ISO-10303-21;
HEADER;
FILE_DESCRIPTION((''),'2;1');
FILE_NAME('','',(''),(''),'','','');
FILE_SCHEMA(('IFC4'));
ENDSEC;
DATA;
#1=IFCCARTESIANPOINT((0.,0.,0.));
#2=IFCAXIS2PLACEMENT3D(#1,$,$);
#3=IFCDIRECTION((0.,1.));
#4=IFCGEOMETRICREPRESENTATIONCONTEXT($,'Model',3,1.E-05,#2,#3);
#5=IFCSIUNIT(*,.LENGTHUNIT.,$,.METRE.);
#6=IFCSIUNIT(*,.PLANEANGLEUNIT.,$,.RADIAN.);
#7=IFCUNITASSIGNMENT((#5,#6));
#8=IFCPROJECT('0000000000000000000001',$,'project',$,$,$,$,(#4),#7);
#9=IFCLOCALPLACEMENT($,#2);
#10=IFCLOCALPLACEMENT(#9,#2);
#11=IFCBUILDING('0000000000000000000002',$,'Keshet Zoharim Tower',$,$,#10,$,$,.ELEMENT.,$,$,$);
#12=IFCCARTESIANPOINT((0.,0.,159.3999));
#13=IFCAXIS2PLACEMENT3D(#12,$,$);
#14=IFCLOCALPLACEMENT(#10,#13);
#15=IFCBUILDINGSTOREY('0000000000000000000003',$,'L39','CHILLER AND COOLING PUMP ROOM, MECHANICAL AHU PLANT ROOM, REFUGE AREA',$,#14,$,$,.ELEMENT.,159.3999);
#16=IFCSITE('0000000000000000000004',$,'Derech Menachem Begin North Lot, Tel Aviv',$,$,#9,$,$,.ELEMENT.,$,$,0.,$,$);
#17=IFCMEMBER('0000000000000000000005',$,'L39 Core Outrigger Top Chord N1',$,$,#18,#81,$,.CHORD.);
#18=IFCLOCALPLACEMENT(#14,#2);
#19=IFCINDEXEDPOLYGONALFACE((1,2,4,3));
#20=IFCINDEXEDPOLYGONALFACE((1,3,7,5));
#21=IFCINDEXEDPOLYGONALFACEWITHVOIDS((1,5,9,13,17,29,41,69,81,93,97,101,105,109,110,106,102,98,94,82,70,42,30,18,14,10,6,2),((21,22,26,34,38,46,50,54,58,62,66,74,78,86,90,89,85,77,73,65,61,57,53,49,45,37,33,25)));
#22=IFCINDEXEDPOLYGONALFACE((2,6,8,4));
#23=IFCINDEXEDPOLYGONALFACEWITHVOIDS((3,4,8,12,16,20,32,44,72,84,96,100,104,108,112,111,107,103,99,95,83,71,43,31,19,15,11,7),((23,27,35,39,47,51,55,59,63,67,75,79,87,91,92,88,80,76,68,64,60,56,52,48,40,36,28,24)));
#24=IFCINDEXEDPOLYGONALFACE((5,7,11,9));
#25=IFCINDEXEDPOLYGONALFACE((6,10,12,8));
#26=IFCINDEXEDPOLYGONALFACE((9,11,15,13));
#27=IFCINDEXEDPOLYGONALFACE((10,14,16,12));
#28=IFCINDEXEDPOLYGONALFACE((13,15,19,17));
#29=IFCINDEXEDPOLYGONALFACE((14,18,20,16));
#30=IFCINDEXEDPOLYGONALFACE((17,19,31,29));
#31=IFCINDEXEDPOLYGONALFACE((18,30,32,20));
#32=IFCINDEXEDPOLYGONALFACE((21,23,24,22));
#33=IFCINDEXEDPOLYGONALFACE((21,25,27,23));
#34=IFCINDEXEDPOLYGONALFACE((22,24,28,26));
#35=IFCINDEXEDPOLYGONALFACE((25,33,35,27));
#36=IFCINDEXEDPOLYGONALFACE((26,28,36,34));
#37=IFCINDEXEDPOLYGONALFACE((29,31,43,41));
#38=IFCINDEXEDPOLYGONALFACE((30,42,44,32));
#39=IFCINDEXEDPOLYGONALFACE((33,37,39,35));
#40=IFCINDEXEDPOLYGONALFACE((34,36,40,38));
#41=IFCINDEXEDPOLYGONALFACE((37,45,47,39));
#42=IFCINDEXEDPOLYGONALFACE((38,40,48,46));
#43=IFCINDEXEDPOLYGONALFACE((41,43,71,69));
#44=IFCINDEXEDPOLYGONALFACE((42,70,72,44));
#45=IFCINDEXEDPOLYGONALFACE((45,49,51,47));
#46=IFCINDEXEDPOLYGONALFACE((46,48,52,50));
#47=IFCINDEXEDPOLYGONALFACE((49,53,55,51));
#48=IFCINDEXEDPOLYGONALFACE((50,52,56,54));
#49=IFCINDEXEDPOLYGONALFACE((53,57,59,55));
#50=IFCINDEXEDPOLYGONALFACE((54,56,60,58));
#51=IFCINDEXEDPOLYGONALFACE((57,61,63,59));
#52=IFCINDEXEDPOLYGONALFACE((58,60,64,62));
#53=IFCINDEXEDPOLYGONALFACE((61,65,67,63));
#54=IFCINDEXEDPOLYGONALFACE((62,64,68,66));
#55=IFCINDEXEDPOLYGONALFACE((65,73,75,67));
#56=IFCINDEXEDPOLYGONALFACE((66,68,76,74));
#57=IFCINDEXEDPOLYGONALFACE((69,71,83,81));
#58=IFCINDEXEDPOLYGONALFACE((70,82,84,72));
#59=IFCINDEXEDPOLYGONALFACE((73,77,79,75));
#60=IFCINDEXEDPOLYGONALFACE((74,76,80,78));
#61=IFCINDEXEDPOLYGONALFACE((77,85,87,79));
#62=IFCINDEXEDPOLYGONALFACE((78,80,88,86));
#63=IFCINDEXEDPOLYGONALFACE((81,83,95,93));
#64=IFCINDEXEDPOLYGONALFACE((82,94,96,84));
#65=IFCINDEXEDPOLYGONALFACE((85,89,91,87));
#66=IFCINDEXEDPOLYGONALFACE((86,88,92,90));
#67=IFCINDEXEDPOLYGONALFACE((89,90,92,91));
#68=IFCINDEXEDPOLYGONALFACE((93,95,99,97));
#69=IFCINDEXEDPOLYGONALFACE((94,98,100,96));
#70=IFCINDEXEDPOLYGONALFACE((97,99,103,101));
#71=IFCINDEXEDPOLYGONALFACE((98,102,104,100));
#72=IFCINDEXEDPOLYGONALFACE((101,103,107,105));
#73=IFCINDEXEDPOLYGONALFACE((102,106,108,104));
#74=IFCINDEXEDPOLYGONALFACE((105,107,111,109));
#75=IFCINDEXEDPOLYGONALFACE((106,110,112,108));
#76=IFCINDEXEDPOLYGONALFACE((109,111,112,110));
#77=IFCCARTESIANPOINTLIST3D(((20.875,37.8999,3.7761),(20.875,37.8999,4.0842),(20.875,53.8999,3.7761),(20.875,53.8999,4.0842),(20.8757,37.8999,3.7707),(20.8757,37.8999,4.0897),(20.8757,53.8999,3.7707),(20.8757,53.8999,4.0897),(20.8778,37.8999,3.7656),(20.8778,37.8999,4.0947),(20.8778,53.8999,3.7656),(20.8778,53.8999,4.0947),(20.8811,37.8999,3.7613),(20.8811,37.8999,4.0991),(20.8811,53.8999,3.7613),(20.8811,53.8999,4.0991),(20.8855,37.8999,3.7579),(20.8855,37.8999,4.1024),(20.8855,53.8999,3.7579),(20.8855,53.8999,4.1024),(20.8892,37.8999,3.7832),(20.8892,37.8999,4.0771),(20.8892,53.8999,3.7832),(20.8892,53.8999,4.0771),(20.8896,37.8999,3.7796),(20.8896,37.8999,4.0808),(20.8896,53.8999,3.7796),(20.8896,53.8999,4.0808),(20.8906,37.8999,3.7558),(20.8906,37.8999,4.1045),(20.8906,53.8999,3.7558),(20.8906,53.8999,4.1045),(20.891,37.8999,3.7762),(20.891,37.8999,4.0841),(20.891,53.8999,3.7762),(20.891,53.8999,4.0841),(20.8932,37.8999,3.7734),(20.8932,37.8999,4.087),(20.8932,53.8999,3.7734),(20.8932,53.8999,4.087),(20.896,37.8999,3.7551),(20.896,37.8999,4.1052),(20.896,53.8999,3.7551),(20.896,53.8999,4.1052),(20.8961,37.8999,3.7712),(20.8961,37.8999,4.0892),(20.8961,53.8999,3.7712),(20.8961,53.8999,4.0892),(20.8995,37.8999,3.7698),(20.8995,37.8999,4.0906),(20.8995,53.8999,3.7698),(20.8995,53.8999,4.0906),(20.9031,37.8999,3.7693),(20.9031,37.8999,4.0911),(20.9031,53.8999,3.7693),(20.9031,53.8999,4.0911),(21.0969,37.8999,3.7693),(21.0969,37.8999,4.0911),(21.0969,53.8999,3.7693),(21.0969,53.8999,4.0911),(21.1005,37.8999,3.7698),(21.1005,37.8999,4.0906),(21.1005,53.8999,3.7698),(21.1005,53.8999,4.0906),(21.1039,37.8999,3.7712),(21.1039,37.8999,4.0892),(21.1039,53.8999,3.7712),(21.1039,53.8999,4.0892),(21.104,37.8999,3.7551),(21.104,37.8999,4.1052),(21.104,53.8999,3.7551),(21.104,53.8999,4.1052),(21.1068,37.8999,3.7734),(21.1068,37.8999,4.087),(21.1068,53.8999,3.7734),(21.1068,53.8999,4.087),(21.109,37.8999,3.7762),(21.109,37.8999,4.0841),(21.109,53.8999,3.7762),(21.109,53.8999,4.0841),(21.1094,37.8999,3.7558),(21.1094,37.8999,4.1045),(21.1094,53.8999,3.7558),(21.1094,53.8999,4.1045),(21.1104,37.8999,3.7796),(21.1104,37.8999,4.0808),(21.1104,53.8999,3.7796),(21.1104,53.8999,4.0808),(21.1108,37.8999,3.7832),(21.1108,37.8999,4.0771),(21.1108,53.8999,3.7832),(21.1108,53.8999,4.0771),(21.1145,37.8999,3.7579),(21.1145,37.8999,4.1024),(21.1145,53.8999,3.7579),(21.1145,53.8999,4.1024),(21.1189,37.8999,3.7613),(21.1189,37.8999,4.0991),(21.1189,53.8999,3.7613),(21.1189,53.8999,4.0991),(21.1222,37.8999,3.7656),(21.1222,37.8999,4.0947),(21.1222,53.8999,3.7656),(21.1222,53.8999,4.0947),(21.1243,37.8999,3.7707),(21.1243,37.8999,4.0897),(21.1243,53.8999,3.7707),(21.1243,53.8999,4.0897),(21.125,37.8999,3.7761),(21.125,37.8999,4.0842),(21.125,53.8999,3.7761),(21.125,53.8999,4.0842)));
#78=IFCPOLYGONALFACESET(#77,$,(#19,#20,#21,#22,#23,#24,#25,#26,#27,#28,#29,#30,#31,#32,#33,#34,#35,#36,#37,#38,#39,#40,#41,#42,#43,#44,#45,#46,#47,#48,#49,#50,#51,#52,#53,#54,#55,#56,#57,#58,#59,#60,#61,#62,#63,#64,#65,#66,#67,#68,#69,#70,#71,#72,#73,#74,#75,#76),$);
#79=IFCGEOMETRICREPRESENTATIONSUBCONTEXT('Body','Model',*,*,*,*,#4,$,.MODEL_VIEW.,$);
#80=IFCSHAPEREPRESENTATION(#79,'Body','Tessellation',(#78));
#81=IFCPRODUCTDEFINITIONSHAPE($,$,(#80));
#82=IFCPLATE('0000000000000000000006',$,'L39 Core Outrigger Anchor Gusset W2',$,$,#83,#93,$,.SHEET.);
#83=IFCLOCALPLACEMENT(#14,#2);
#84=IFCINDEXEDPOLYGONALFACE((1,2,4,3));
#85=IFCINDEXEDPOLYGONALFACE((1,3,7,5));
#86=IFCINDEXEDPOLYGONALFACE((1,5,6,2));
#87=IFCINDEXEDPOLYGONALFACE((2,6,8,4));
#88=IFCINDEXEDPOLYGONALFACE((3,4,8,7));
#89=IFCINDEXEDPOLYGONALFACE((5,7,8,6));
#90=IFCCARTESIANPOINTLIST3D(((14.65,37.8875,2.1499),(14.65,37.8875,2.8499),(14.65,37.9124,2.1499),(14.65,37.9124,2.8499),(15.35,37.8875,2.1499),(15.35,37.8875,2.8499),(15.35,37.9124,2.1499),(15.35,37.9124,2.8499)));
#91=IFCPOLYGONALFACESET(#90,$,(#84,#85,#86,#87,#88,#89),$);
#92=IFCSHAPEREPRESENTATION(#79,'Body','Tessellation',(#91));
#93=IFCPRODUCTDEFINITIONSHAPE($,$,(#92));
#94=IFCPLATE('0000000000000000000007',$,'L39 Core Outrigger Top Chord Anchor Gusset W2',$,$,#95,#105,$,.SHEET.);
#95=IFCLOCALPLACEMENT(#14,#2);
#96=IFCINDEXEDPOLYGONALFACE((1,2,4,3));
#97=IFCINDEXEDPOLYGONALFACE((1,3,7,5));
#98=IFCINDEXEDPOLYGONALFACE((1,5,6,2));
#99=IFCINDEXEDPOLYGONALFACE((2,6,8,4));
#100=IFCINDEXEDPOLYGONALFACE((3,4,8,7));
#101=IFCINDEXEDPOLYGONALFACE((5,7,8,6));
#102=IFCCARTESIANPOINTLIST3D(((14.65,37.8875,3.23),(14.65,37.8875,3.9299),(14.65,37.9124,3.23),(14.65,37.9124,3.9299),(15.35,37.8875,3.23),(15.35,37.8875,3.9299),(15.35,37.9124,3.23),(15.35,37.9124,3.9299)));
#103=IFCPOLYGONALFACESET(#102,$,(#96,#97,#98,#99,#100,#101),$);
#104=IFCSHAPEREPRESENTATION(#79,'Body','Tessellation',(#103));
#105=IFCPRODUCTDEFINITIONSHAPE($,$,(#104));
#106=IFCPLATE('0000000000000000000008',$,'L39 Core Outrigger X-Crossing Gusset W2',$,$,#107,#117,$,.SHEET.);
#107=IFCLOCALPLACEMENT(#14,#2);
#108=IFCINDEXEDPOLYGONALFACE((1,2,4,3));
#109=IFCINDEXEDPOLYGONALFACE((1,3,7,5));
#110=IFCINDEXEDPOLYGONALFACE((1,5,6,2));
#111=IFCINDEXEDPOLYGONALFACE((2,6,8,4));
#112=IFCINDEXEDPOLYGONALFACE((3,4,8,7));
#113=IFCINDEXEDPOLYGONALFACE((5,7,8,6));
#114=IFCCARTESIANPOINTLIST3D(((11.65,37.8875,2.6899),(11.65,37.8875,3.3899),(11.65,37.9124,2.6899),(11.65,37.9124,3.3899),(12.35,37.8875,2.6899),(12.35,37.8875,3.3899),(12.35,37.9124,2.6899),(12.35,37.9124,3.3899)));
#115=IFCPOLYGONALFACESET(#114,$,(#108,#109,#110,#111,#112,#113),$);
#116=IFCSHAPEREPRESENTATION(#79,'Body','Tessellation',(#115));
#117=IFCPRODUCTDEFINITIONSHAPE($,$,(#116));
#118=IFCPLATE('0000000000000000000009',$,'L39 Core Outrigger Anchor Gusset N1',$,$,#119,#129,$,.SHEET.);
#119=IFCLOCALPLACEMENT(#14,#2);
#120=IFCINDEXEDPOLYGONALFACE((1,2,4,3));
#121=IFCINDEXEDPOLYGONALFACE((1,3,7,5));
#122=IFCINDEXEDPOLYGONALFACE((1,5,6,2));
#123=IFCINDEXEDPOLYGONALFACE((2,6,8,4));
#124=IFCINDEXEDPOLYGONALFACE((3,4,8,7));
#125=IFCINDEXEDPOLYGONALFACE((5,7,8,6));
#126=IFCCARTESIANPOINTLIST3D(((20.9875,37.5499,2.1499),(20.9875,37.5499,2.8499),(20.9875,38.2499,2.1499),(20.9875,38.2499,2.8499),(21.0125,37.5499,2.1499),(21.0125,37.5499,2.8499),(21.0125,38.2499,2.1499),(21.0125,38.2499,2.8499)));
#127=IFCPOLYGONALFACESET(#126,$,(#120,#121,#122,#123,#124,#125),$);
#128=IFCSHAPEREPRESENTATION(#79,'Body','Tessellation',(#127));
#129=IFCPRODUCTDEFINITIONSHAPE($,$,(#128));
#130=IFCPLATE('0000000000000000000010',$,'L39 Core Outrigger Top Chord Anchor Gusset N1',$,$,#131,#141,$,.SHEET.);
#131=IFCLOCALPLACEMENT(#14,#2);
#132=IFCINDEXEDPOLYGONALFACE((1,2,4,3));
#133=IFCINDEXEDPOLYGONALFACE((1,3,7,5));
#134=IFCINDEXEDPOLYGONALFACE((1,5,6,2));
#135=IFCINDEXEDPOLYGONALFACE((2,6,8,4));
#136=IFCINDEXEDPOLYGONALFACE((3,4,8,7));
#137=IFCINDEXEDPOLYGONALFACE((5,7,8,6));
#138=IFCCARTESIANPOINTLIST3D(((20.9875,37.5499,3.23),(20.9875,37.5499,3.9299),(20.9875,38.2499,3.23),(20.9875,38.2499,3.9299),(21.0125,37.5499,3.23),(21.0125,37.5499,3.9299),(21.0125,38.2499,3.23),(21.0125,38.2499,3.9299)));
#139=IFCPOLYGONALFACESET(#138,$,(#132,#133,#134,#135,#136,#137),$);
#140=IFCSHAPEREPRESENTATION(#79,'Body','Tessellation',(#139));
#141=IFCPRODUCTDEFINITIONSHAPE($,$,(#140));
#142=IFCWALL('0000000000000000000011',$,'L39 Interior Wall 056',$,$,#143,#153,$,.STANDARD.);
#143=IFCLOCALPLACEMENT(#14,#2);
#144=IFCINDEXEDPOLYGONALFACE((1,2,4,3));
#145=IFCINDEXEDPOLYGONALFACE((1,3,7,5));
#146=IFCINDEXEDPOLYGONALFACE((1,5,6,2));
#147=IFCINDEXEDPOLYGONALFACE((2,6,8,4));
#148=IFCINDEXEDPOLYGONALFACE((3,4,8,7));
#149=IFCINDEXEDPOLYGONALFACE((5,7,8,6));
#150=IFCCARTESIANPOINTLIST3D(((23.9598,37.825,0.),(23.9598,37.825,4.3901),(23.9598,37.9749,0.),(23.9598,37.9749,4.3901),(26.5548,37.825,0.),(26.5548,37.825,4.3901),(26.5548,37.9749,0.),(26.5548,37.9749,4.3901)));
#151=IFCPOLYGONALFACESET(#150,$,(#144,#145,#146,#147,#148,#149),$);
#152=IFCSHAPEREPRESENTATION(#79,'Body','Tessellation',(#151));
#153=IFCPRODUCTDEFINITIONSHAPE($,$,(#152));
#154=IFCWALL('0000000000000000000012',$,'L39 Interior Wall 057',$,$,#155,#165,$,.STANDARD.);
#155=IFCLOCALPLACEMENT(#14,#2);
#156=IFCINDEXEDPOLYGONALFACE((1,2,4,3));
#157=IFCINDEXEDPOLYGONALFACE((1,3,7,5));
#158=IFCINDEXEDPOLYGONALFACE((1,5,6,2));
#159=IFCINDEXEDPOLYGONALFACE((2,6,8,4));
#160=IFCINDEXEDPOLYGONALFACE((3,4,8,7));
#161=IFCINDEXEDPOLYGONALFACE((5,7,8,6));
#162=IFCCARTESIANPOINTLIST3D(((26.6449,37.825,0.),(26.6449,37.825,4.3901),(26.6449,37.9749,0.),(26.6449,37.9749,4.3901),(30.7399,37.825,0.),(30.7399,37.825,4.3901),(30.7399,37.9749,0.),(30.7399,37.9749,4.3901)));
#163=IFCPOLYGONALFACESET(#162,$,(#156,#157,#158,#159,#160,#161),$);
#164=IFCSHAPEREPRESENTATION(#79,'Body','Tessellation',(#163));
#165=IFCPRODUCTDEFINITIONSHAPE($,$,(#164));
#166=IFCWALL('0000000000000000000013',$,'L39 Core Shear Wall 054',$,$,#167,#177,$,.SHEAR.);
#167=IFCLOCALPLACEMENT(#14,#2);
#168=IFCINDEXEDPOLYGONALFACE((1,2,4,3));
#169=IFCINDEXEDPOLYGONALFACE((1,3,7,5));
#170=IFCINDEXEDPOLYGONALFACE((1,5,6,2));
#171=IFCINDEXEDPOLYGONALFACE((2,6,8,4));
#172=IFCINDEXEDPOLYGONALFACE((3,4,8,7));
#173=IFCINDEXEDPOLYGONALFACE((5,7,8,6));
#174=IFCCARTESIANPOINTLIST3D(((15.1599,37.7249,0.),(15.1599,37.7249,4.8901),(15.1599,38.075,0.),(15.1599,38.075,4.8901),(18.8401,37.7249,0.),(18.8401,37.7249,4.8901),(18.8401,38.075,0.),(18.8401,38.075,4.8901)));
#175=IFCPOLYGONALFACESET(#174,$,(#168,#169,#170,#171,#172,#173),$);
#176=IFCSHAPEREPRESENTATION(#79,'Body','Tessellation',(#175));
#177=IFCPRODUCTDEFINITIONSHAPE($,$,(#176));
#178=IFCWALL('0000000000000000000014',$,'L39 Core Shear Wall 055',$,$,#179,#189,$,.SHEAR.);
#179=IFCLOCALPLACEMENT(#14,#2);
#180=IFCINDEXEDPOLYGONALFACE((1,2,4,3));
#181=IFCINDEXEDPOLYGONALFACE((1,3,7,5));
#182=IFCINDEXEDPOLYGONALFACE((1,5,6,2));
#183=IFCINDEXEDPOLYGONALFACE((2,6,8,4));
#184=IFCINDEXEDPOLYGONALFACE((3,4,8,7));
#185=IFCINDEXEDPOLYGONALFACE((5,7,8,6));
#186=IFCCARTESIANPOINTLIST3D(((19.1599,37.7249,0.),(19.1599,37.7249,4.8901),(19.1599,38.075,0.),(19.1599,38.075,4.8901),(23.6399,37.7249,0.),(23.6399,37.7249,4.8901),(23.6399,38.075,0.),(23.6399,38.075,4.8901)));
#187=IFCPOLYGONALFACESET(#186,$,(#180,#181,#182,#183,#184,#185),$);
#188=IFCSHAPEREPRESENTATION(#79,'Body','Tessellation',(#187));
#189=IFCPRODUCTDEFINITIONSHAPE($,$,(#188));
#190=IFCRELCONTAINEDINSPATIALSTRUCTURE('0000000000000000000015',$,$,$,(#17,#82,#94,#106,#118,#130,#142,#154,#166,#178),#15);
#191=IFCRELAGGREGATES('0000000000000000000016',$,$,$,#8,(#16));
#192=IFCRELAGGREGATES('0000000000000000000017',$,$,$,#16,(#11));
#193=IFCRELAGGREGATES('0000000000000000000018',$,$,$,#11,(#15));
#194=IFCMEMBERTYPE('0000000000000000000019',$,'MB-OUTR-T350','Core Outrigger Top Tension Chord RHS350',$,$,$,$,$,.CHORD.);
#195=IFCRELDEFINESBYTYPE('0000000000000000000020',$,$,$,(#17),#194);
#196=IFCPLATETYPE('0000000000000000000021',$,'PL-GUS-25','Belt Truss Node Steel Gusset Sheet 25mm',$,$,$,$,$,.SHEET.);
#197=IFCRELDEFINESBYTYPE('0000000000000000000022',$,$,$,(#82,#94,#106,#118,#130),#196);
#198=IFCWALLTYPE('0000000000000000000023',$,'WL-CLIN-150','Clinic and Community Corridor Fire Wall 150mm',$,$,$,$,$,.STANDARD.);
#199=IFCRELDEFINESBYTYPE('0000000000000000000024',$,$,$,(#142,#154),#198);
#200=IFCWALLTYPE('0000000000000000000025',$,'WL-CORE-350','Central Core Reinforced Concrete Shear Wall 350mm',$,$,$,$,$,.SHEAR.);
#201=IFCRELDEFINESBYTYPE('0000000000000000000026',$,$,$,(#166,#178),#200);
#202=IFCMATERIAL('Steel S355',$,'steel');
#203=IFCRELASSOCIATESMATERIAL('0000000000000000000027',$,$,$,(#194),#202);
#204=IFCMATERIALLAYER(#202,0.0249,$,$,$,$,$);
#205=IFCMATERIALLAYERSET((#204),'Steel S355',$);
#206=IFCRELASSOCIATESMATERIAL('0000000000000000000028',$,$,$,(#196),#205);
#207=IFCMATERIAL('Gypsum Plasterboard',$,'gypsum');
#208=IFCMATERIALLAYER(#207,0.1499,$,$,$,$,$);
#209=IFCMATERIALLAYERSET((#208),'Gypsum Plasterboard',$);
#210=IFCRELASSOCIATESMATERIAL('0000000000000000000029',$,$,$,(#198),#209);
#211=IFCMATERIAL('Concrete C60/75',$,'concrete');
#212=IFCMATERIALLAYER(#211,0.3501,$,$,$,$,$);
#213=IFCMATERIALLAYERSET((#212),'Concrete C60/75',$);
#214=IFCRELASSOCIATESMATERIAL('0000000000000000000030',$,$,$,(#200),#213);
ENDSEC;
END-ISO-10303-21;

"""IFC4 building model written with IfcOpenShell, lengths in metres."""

from ifc_helpers import new_model, si_unit, direction, frame, frame_2d, origin, origin_2d, place, context, subcontext, project, spatial, rectangle, hollow_rectangle, extrude, material, layer, layer_set, material_profile, profile_set, type_object, element, save


model = new_model("IFC4")

# Units and contexts
model_context = context("Model", 3, precision=1e-05, world=origin(), true_north=direction((0.0, 1.0)))
body_context = subcontext(model_context, "Body", "Model", "MODEL_VIEW")
ifc_project = project(units=[si_unit("LENGTHUNIT", "METRE"), si_unit("PLANEANGLEUNIT", "RADIAN")], contexts=[model_context])

# Site, building, storey
site_placement = place(None, origin())
site = spatial("IfcSite", under=ifc_project, at=site_placement, Name="Derech Menachem Begin North Lot, Tel Aviv", CompositionType="ELEMENT", RefElevation=0.0)
building_placement = place(site_placement, origin())
building = spatial("IfcBuilding", under=site, at=building_placement, Name="Keshet Zoharim Tower", CompositionType="ELEMENT")
storey_placement = place(building_placement, frame((0.0, 0.0, 159.3999)))
storey = spatial("IfcBuildingStorey", under=building, at=storey_placement, Name="L39", Description="CHILLER AND COOLING PUMP ROOM, MECHANICAL AHU PLANT ROOM, REFUGE AREA", CompositionType="ELEMENT", Elevation=159.3999)

# Shared definitions
ifc_material_1 = material(Name="Steel S355", Category="steel")

# Member
ifc_material_profile_1 = material_profile(ifc_material_1, hollow_rectangle(XDim=0.25, YDim=0.3501, WallThickness=0.0142, InnerFilletRadius=0.0139, OuterFilletRadius=0.021, at=origin_2d()), Name="RHS350x250x14.2")
ifc_profile_set_1 = profile_set([ifc_material_profile_1], Name="Steel S355")
member_type_1 = type_object("IfcMemberType", Name="MB-OUTR-T350", Description="Core Outrigger Top Tension Chord RHS350", PredefinedType="CHORD", material=ifc_profile_set_1)
member_1_placement = place(storey_placement, frame((21.0, 37.8999, 3.9302), z_axis=(0.0, 1.0, 0.0), x_axis=(-1.0, 0.0, 0.0)))
element("IfcMember", 1, at=member_1_placement, inside=storey, type_object=member_type_1, Name="L39 Core Outrigger Top Chord N1", PredefinedType="CHORD", context=body_context, shape_type="SweptSolid", body=[
    extrude(hollow_rectangle(XDim=0.25, YDim=0.3501, WallThickness=0.0142, InnerFilletRadius=0.0139, OuterFilletRadius=0.021, at=origin_2d()), origin(), (0.0, 0.0, 1.0), 16.0),
])

# Plates
ifc_layer_1 = layer(ifc_material_1, 0.0249)
ifc_layer_set_1 = layer_set([ifc_layer_1], Name="Steel S355")
plate_type = type_object("IfcPlateType", Name="PL-GUS-25", Description="Belt Truss Node Steel Gusset Sheet 25mm", PredefinedType="SHEET", material=ifc_layer_set_1)
for number, where, z_axis, x_axis, name in (
    (2, (15.0, 37.8999, 2.1499), (0.0, 0.0, 1.0), (1.0, 0.0, 0.0), "L39 Core Outrigger Anchor Gusset W2"),
    (3, (15.0, 37.8999, 3.23), (0.0, 0.0, 1.0), (1.0, 0.0, 0.0), "L39 Core Outrigger Top Chord Anchor Gusset W2"),
    (4, (12.0, 37.8999, 2.6899), (0.0, 0.0, 1.0), (1.0, 0.0, 0.0), "L39 Core Outrigger X-Crossing Gusset W2"),
    (5, (21.0, 37.8999, 2.1499), (0.0, 0.0, 1.0), (0.0, 1.0, 0.0), "L39 Core Outrigger Anchor Gusset N1"),
    (6, (21.0, 37.8999, 3.23), (0.0, 0.0, 1.0), (0.0, 1.0, 0.0), "L39 Core Outrigger Top Chord Anchor Gusset N1"),
):
    element("IfcPlate", number, at=place(storey_placement, frame(where, z_axis=z_axis, x_axis=x_axis)), inside=storey, type_object=plate_type, Name=name, PredefinedType="SHEET", context=body_context, shape_type="SweptSolid", body=[
        extrude(rectangle(XDim=0.7, YDim=0.0249, at=origin_2d()), origin(), (0.0, 0.0, 1.0), 0.7),
    ])

# Walls
ifc_material_2 = material(Name="Gypsum Plasterboard", Category="gypsum")
ifc_layer_2 = layer(ifc_material_2, 0.1499)
ifc_layer_set_2 = layer_set([ifc_layer_2], Name="Gypsum Plasterboard")
wall_type_1 = type_object("IfcWallType", Name="WL-CLIN-150", Description="Clinic and Community Corridor Fire Wall 150mm", PredefinedType="STANDARD", material=ifc_layer_set_2)
wall_1_placement = place(storey_placement, frame((23.96, 37.8999, 0.0), z_axis=(0.0, 0.0, 1.0), x_axis=(1.0, 0.0, 0.0)))
element("IfcWall", 7, at=wall_1_placement, inside=storey, type_object=wall_type_1, Name="L39 Interior Wall 056", PredefinedType="STANDARD", context=body_context, shape_type="SweptSolid", body=[
    extrude(rectangle(XDim=2.595, YDim=0.1499, at=frame_2d((1.2974, 0.0))), origin(), (0.0, 0.0, 1.0), 4.3901),
])
wall_2_placement = place(storey_placement, frame((26.645, 37.8999, 0.0), z_axis=(0.0, 0.0, 1.0), x_axis=(1.0, 0.0, 0.0)))
element("IfcWall", 8, at=wall_2_placement, inside=storey, type_object=wall_type_1, Name="L39 Interior Wall 057", PredefinedType="STANDARD", context=body_context, shape_type="SweptSolid", body=[
    extrude(rectangle(XDim=4.095, YDim=0.1499, at=frame_2d((2.0474, 0.0))), origin(), (0.0, 0.0, 1.0), 4.3901),
])
ifc_material_3 = material(Name="Concrete C60/75", Category="concrete")
ifc_layer_3 = layer(ifc_material_3, 0.3501)
ifc_layer_set_3 = layer_set([ifc_layer_3], Name="Concrete C60/75")
wall_type_2 = type_object("IfcWallType", Name="WL-CORE-350", Description="Central Core Reinforced Concrete Shear Wall 350mm", PredefinedType="SHEAR", material=ifc_layer_set_3)
wall_3_placement = place(storey_placement, frame((15.1599, 37.8999, 0.0), z_axis=(0.0, 0.0, 1.0), x_axis=(1.0, 0.0, 0.0)))
element("IfcWall", 9, at=wall_3_placement, inside=storey, type_object=wall_type_2, Name="L39 Core Shear Wall 054", PredefinedType="SHEAR", context=body_context, shape_type="SweptSolid", body=[
    extrude(rectangle(XDim=3.6802, YDim=0.3501, at=frame_2d((1.8401, 0.0))), origin(), (0.0, 0.0, 1.0), 4.8901),
])
wall_4_placement = place(storey_placement, frame((19.1599, 37.8999, 0.0), z_axis=(0.0, 0.0, 1.0), x_axis=(1.0, 0.0, 0.0)))
element("IfcWall", 10, at=wall_4_placement, inside=storey, type_object=wall_type_2, Name="L39 Core Shear Wall 055", PredefinedType="SHEAR", context=body_context, shape_type="SweptSolid", body=[
    extrude(rectangle(XDim=4.48, YDim=0.3501, at=frame_2d((2.24, 0.0))), origin(), (0.0, 0.0, 1.0), 4.8901),
])

save(model, "model.ifc")
